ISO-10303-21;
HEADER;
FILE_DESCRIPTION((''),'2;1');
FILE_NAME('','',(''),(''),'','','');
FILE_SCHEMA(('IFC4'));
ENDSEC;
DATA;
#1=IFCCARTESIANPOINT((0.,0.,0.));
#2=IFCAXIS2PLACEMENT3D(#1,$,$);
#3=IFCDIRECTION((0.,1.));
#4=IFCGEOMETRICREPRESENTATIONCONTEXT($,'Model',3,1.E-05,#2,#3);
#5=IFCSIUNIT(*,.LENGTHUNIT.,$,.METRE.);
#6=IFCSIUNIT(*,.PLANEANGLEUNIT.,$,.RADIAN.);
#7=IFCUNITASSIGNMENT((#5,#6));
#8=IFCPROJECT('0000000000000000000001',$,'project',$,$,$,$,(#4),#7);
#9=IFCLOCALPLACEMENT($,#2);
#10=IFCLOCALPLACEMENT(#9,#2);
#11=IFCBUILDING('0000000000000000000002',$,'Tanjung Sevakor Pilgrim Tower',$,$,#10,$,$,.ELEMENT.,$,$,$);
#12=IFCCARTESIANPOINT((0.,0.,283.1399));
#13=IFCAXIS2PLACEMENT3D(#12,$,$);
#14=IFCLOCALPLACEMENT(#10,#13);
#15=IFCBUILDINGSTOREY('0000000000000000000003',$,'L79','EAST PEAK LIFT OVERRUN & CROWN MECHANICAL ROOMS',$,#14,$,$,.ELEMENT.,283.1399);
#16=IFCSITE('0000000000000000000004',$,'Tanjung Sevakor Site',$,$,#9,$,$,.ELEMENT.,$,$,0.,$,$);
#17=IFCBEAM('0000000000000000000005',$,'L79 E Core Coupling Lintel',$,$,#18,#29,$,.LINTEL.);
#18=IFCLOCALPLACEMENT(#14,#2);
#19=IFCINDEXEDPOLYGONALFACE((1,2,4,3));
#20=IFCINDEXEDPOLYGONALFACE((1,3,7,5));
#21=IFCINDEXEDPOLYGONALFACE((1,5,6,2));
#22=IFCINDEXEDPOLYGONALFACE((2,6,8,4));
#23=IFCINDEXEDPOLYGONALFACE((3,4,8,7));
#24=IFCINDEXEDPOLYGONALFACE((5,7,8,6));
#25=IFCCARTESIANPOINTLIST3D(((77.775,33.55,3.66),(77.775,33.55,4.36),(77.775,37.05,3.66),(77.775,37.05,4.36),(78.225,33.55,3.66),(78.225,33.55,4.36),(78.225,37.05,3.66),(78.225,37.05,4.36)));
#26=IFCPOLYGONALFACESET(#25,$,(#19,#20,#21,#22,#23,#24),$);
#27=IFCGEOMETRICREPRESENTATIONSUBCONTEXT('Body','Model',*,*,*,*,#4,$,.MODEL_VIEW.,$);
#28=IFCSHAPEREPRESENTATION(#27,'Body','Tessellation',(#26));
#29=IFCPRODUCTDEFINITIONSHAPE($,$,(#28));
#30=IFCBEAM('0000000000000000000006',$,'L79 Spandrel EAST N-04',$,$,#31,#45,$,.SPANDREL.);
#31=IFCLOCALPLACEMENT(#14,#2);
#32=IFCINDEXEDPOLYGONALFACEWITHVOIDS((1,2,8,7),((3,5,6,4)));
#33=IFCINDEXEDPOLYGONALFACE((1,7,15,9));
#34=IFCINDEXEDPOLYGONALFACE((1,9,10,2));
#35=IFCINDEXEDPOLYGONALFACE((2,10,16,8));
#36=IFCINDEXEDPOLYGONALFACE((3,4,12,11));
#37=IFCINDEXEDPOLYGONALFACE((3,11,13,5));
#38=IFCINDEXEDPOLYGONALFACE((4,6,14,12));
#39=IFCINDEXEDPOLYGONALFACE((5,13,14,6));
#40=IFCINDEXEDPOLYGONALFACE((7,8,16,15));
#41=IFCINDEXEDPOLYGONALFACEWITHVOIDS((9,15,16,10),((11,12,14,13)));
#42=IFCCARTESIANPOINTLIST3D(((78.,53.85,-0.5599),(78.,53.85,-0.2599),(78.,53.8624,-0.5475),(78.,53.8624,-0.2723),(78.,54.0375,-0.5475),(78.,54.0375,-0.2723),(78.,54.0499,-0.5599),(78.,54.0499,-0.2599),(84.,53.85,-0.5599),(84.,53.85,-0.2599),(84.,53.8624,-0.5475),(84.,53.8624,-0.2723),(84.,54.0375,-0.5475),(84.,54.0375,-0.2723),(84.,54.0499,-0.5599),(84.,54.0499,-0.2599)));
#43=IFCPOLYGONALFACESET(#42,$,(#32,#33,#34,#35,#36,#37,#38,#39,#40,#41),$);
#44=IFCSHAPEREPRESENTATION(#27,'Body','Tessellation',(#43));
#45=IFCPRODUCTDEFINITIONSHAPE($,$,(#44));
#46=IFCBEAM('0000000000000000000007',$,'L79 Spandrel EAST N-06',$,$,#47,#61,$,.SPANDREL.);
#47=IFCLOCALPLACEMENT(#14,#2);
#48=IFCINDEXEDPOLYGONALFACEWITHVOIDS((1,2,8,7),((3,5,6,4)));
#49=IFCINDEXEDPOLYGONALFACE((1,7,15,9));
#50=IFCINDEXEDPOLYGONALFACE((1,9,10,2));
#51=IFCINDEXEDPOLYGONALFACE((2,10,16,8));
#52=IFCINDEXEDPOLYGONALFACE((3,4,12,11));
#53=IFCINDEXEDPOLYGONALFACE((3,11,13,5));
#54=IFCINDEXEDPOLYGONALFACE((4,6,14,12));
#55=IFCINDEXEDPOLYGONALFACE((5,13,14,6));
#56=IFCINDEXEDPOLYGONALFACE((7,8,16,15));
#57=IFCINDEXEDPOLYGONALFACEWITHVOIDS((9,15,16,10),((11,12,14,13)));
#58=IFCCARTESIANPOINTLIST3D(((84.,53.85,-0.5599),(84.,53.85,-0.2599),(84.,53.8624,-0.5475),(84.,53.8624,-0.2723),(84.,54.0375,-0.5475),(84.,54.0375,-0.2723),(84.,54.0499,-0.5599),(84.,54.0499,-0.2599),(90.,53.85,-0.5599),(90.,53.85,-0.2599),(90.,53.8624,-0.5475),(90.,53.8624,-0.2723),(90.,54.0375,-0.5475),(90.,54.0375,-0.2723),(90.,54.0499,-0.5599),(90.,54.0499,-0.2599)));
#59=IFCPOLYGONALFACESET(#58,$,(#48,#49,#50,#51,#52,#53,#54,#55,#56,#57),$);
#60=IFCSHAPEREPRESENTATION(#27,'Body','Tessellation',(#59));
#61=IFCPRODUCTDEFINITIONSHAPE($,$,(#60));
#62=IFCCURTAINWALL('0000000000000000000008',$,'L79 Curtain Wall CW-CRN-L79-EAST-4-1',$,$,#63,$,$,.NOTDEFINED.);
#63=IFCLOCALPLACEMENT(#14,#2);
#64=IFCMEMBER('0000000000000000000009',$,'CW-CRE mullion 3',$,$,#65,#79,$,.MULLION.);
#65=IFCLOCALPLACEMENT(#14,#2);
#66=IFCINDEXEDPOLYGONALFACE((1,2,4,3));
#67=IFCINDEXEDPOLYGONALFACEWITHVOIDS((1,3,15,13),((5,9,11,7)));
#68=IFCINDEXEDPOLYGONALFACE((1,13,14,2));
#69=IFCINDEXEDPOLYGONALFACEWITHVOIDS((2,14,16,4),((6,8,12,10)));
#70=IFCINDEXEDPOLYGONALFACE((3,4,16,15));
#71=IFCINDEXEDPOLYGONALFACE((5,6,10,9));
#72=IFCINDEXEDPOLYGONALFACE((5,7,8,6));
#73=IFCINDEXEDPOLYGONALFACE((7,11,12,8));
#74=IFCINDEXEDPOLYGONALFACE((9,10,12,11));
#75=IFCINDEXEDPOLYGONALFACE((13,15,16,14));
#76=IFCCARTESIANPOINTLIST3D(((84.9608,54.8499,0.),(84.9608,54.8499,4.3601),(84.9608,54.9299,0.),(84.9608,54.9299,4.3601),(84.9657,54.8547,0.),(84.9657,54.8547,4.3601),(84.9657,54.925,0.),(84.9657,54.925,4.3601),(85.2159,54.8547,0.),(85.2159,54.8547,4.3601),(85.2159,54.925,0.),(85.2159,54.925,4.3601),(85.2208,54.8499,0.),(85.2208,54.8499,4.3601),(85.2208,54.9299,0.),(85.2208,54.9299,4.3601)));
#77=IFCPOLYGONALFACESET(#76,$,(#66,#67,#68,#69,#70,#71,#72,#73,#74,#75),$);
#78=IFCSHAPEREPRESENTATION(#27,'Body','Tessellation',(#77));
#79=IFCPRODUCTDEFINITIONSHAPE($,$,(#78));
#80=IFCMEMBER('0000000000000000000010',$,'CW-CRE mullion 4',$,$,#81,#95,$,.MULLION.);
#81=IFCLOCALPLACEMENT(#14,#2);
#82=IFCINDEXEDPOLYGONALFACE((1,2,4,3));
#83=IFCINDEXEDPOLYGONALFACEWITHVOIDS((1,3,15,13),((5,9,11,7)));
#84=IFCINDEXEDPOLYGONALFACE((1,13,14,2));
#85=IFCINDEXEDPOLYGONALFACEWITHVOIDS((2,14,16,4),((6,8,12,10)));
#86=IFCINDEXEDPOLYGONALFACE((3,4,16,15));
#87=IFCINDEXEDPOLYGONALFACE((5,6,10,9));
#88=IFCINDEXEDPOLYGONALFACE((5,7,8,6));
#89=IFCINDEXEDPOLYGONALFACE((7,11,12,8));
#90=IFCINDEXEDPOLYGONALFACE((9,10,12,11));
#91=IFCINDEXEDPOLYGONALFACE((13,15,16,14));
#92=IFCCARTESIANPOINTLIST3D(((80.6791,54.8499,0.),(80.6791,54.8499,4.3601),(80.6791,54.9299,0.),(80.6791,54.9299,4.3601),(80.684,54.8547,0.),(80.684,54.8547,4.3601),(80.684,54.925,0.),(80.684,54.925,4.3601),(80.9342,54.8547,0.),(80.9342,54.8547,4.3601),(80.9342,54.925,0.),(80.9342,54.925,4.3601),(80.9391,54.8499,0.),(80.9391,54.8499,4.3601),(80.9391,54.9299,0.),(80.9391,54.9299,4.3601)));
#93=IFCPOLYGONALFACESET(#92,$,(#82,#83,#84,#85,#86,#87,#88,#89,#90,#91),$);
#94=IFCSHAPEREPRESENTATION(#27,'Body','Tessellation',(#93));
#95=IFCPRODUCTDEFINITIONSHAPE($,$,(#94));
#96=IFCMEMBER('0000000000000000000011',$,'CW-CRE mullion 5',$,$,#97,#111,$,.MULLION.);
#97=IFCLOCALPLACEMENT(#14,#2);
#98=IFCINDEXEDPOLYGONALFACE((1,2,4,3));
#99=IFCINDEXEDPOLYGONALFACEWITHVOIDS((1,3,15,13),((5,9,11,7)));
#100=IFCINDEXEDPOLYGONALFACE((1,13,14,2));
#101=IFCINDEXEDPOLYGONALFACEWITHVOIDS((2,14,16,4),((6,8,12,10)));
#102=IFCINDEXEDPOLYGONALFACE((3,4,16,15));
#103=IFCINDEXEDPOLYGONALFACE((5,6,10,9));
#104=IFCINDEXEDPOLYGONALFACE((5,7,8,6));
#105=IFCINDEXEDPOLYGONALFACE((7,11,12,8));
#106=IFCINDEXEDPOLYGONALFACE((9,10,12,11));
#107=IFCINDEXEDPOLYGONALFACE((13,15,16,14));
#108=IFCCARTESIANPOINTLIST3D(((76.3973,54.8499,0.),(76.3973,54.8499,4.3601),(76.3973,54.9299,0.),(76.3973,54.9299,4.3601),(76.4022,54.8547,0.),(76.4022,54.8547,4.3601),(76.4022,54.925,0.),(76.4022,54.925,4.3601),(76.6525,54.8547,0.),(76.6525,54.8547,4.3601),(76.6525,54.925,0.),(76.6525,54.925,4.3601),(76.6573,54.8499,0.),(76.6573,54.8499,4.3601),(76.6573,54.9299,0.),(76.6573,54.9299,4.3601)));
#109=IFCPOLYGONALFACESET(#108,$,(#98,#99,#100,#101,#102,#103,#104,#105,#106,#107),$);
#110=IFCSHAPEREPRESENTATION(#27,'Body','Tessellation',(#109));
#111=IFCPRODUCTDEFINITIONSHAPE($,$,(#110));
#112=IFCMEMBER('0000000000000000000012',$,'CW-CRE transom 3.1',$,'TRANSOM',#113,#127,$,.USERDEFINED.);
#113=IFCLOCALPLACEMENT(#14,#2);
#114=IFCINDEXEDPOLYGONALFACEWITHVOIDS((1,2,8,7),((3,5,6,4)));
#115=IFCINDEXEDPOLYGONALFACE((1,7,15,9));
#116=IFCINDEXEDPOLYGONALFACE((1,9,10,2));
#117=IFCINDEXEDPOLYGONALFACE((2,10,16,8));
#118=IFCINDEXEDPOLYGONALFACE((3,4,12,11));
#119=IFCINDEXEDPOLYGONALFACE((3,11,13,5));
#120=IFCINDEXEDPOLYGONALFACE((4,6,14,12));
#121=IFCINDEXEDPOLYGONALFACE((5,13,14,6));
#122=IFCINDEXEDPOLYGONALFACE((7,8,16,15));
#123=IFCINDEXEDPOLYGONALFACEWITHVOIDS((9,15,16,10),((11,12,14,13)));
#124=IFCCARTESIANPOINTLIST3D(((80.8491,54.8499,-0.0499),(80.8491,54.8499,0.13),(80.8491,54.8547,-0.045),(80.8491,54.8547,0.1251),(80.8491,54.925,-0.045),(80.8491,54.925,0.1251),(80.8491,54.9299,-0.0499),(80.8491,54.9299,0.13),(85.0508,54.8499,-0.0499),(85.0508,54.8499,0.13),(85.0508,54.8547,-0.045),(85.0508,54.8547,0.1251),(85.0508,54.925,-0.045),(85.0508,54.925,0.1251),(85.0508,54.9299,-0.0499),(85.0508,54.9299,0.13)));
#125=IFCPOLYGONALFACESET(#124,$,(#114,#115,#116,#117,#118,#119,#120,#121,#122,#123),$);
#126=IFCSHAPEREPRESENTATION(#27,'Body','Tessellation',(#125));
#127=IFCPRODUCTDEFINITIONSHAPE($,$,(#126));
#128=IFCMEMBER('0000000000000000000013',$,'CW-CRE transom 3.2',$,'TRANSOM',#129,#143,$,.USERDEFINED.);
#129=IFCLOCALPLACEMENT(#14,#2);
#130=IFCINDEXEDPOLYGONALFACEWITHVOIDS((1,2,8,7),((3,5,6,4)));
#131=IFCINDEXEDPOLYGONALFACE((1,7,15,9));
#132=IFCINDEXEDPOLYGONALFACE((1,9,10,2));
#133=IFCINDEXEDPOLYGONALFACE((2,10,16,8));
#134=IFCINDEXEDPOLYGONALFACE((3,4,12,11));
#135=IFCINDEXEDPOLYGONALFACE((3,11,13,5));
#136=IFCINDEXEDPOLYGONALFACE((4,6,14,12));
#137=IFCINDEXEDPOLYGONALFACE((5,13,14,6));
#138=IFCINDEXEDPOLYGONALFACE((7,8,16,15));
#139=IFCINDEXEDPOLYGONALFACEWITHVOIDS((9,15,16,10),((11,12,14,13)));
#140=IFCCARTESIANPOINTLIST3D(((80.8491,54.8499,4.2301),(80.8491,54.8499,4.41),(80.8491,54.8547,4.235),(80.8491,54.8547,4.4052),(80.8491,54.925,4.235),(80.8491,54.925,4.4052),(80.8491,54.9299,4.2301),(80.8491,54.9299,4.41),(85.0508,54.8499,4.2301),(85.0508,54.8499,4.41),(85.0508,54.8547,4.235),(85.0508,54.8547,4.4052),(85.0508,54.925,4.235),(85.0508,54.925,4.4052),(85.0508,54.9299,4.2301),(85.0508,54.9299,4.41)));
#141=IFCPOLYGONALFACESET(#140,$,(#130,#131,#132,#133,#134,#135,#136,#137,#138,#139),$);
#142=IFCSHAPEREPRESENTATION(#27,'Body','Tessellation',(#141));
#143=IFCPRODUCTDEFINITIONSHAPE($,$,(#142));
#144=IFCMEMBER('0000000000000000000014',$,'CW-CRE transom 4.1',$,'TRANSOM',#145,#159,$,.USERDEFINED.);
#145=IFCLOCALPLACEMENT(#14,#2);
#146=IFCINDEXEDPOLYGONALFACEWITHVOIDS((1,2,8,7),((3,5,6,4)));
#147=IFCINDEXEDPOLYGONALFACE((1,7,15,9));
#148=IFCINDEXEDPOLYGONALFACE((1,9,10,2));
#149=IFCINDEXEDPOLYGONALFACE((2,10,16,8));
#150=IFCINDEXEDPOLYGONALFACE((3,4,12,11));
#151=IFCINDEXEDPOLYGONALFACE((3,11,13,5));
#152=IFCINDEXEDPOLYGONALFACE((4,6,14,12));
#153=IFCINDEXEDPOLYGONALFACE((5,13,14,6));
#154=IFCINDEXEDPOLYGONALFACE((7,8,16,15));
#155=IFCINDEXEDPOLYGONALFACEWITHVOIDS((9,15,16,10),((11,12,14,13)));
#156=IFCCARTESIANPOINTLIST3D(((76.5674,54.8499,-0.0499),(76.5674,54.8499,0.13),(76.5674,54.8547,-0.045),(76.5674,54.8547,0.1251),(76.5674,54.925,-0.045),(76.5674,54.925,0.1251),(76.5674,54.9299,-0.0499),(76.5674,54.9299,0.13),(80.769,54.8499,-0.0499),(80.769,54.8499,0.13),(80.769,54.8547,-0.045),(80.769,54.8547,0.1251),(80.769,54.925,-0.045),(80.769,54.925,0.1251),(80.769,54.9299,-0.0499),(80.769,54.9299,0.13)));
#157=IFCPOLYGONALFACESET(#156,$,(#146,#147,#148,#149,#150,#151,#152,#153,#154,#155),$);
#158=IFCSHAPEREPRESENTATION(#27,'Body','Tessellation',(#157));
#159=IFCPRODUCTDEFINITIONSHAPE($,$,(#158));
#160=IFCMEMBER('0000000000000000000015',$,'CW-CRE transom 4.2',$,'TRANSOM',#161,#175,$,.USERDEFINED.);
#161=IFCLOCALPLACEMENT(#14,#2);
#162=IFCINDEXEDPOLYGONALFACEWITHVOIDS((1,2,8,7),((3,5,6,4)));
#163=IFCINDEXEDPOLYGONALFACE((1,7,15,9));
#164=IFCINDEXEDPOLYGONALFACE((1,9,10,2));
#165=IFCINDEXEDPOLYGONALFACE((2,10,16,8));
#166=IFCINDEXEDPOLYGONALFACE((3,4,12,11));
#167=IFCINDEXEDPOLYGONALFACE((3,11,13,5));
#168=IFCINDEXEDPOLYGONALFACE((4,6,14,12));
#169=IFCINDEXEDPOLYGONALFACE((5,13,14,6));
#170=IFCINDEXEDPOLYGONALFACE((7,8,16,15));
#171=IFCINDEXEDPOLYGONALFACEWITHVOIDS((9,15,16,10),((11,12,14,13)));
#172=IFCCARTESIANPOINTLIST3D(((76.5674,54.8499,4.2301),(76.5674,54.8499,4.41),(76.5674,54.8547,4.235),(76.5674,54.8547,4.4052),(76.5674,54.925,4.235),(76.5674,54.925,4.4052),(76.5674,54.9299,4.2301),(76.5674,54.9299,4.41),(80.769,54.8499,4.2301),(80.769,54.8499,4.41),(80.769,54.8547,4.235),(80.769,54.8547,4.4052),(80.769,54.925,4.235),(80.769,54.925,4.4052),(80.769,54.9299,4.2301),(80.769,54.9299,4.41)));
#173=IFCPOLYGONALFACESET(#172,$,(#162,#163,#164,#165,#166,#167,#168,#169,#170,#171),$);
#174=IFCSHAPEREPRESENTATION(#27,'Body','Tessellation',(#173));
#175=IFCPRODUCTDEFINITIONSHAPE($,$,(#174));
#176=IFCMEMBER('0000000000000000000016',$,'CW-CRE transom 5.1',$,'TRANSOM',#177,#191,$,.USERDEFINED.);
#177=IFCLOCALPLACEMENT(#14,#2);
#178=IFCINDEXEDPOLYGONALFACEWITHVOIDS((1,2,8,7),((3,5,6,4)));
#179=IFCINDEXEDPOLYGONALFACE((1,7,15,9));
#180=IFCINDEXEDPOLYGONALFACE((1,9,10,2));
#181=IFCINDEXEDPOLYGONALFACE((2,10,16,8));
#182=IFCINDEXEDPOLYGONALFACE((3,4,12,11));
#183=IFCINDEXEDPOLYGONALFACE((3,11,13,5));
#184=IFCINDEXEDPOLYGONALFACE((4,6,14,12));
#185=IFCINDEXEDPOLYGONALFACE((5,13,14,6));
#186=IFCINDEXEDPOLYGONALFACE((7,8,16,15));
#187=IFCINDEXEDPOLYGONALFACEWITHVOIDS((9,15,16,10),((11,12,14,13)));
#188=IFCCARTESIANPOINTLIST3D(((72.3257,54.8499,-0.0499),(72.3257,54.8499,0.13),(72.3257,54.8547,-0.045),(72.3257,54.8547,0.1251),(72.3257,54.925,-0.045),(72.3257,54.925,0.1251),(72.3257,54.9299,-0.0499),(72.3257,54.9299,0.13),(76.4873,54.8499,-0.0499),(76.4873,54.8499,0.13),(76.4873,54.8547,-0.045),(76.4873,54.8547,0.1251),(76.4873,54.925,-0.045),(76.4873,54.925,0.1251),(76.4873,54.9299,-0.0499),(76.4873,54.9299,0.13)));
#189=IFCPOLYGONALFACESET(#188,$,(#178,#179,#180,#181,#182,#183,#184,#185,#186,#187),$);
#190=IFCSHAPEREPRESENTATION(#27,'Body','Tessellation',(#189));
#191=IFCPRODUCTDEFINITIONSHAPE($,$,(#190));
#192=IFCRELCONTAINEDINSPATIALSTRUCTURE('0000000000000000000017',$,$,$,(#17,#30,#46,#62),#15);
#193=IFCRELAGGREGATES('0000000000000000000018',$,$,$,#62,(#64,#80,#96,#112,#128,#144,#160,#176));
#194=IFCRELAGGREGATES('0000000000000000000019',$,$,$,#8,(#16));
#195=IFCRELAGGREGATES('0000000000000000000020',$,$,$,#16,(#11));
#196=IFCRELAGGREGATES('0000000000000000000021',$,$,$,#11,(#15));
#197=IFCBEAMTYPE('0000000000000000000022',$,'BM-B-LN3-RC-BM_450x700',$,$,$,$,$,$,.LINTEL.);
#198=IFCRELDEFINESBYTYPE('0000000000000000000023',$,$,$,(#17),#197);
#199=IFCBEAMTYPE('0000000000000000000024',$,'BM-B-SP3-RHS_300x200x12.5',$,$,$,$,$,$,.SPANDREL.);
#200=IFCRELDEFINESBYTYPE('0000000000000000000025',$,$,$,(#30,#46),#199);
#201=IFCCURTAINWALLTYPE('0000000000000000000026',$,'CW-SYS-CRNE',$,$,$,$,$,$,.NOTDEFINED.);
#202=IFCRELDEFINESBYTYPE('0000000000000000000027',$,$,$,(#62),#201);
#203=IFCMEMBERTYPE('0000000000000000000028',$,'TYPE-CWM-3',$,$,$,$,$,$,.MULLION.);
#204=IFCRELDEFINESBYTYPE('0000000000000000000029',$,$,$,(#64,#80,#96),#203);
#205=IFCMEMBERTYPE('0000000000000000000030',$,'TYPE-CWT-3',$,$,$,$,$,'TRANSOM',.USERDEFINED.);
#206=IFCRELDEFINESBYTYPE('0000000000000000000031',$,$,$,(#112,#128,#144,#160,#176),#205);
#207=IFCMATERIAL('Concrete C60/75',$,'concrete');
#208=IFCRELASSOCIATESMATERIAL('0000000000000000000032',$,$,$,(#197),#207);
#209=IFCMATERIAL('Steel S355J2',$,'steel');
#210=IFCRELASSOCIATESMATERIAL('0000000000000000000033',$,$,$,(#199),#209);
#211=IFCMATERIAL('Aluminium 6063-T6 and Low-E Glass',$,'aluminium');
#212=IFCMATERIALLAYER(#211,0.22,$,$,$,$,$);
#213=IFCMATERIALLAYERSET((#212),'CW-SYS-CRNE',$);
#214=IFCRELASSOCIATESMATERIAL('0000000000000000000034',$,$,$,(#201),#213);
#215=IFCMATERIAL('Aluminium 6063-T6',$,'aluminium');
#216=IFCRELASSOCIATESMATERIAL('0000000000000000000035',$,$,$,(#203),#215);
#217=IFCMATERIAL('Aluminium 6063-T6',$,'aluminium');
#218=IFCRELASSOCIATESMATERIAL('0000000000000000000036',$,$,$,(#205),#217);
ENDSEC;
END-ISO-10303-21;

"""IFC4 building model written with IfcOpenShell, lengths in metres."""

from ifc_helpers import new_model, si_unit, direction, frame, origin, origin_2d, place, context, subcontext, project, spatial, rectangle, hollow_rectangle, extrude, material, layer, layer_set, material_profile, profile_set, type_object, element, aggregate, save


model = new_model("IFC4")

# Units and contexts
model_context = context("Model", 3, precision=1e-05, world=origin(), true_north=direction((0.0, 1.0)))
body_context = subcontext(model_context, "Body", "Model", "MODEL_VIEW")
ifc_project = project(units=[si_unit("LENGTHUNIT", "METRE"), si_unit("PLANEANGLEUNIT", "RADIAN")], contexts=[model_context])

# Site, building, storey
site_placement = place(None, origin())
site = spatial("IfcSite", under=ifc_project, at=site_placement, Name="Tanjung Sevakor Site", CompositionType="ELEMENT", RefElevation=0.0)
building_placement = place(site_placement, origin())
building = spatial("IfcBuilding", under=site, at=building_placement, Name="Tanjung Sevakor Pilgrim Tower", CompositionType="ELEMENT")
storey_placement = place(building_placement, frame((0.0, 0.0, 283.1399)))
storey = spatial("IfcBuildingStorey", under=building, at=storey_placement, Name="L79", Description="EAST PEAK LIFT OVERRUN & CROWN MECHANICAL ROOMS", CompositionType="ELEMENT", Elevation=283.1399)

# Beams
ifc_material_1 = material(Name="Concrete C60/75", Category="concrete")
ifc_material_profile_1 = material_profile(ifc_material_1, rectangle(XDim=0.45, YDim=0.7, at=origin_2d()))
ifc_profile_set_1 = profile_set([ifc_material_profile_1], Name="Concrete C60/75")
beam_type_1 = type_object("IfcBeamType", Name="BM-B-LN3-RC-BM_450x700", PredefinedType="LINTEL", material=ifc_profile_set_1)
beam_placement = place(storey_placement, frame((78.0, 33.55, 4.01), z_axis=(0.0, 1.0, 0.0), x_axis=(-1.0, 0.0, 0.0)))
element("IfcBeam", 1, at=beam_placement, inside=storey, type_object=beam_type_1, Name="L79 E Core Coupling Lintel", PredefinedType="LINTEL", context=body_context, shape_type="SweptSolid", body=[
    extrude(rectangle(XDim=0.45, YDim=0.7, at=origin_2d()), origin(), (0.0, 0.0, 1.0), 3.5),
])
ifc_material_2 = material(Name="Steel S355J2", Category="steel")
ifc_material_profile_2 = material_profile(ifc_material_2, hollow_rectangle(XDim=0.2, YDim=0.3, WallThickness=0.0125, at=origin_2d()))
ifc_profile_set_2 = profile_set([ifc_material_profile_2], Name="Steel S355J2")
beam_type_2 = type_object("IfcBeamType", Name="BM-B-SP3-RHS_300x200x12.5", PredefinedType="SPANDREL", material=ifc_profile_set_2)
for number, where, z_axis, x_axis, name in (
    (2, (78.0, 53.95, -0.4099), (1.0, 0.0, 0.0), (0.0, 1.0, 0.0), "L79 Spandrel EAST N-04"),
    (3, (84.0, 53.95, -0.4099), (1.0, 0.0, 0.0), (0.0, 1.0, 0.0), "L79 Spandrel EAST N-06"),
):
    element("IfcBeam", number, at=place(storey_placement, frame(where, z_axis=z_axis, x_axis=x_axis)), inside=storey, type_object=beam_type_2, Name=name, PredefinedType="SPANDREL", context=body_context, shape_type="SweptSolid", body=[
        extrude(hollow_rectangle(XDim=0.2, YDim=0.3, WallThickness=0.0125, at=origin_2d()), origin(), (0.0, 0.0, 1.0), 6.0),
    ])

# Curtain wall, members
ifc_material_3 = material(Name="Aluminium 6063-T6 and Low-E Glass", Category="aluminium")
ifc_layer_1 = layer(ifc_material_3, 0.22)
ifc_layer_set_1 = layer_set([ifc_layer_1], Name="CW-SYS-CRNE")
curtain_wall_type = type_object("IfcCurtainWallType", Name="CW-SYS-CRNE", PredefinedType="NOTDEFINED", material=ifc_layer_set_1)
curtain_wall_placement = place(storey_placement, origin())
curtain_wall = element("IfcCurtainWall", 4, at=curtain_wall_placement, inside=storey, type_object=curtain_wall_type, Name="L79 Curtain Wall CW-CRN-L79-EAST-4-1", PredefinedType="NOTDEFINED")
ifc_material_4 = material(Name="Aluminium 6063-T6", Category="aluminium")
ifc_material_profile_3 = material_profile(ifc_material_4, hollow_rectangle(XDim=0.0801, YDim=0.26, WallThickness=0.0049, at=origin_2d()))
ifc_profile_set_3 = profile_set([ifc_material_profile_3], Name="Aluminium 6063-T6")
member_type_1 = type_object("IfcMemberType", Name="TYPE-CWM-3", PredefinedType="MULLION", material=ifc_profile_set_3)
member_1_placement = place(storey_placement, frame((85.0908, 54.8899, 0.0), z_axis=(0.0, 0.0, 1.0), x_axis=(0.0, -1.0, 0.0)))
member_1 = element("IfcMember", 5, at=member_1_placement, type_object=member_type_1, Name="CW-CRE mullion 3", PredefinedType="MULLION", context=body_context, shape_type="SweptSolid", body=[
    extrude(hollow_rectangle(XDim=0.0801, YDim=0.26, WallThickness=0.0049, at=origin_2d()), origin(), (0.0, 0.0, 1.0), 4.3601),
])
member_2_placement = place(storey_placement, frame((80.8091, 54.8899, 0.0), z_axis=(0.0, 0.0, 1.0), x_axis=(0.0, -1.0, 0.0)))
member_2 = element("IfcMember", 6, at=member_2_placement, type_object=member_type_1, Name="CW-CRE mullion 4", PredefinedType="MULLION", context=body_context, shape_type="SweptSolid", body=[
    extrude(hollow_rectangle(XDim=0.0801, YDim=0.26, WallThickness=0.0049, at=origin_2d()), origin(), (0.0, 0.0, 1.0), 4.3601),
])
member_3_placement = place(storey_placement, frame((76.5273, 54.8899, 0.0), z_axis=(0.0, 0.0, 1.0), x_axis=(0.0, -1.0, 0.0)))
member_3 = element("IfcMember", 7, at=member_3_placement, type_object=member_type_1, Name="CW-CRE mullion 5", PredefinedType="MULLION", context=body_context, shape_type="SweptSolid", body=[
    extrude(hollow_rectangle(XDim=0.0801, YDim=0.26, WallThickness=0.0049, at=origin_2d()), origin(), (0.0, 0.0, 1.0), 4.3601),
])
ifc_material_5 = material(Name="Aluminium 6063-T6", Category="aluminium")
ifc_material_profile_4 = material_profile(ifc_material_5, hollow_rectangle(XDim=0.0801, YDim=0.1799, WallThickness=0.0049, at=origin_2d()))
ifc_profile_set_4 = profile_set([ifc_material_profile_4], Name="Aluminium 6063-T6")
member_type_2 = type_object("IfcMemberType", Name="TYPE-CWT-3", ElementType="TRANSOM", PredefinedType="USERDEFINED", material=ifc_profile_set_4)
member_4_placement = place(storey_placement, frame((85.0508, 54.8899, 0.04), z_axis=(-1.0, 0.0, 0.0), x_axis=(0.0, -1.0, 0.0)))
member_4 = element("IfcMember", 8, at=member_4_placement, type_object=member_type_2, Name="CW-CRE transom 3.1", ObjectType="TRANSOM", PredefinedType="USERDEFINED", context=body_context, shape_type="SweptSolid", body=[
    extrude(hollow_rectangle(XDim=0.0801, YDim=0.1799, WallThickness=0.0049, at=origin_2d()), origin(), (0.0, 0.0, 1.0), 4.2017),
])
member_5_placement = place(storey_placement, frame((85.0508, 54.8899, 4.3201), z_axis=(-1.0, 0.0, 0.0), x_axis=(0.0, -1.0, 0.0)))
member_5 = element("IfcMember", 9, at=member_5_placement, type_object=member_type_2, Name="CW-CRE transom 3.2", ObjectType="TRANSOM", PredefinedType="USERDEFINED", context=body_context, shape_type="SweptSolid", body=[
    extrude(hollow_rectangle(XDim=0.0801, YDim=0.1799, WallThickness=0.0049, at=origin_2d()), origin(), (0.0, 0.0, 1.0), 4.2017),
])
member_6_placement = place(storey_placement, frame((80.769, 54.8899, 0.04), z_axis=(-1.0, 0.0, 0.0), x_axis=(0.0, -1.0, 0.0)))
member_6 = element("IfcMember", 10, at=member_6_placement, type_object=member_type_2, Name="CW-CRE transom 4.1", ObjectType="TRANSOM", PredefinedType="USERDEFINED", context=body_context, shape_type="SweptSolid", body=[
    extrude(hollow_rectangle(XDim=0.0801, YDim=0.1799, WallThickness=0.0049, at=origin_2d()), origin(), (0.0, 0.0, 1.0), 4.2017),
])
member_7_placement = place(storey_placement, frame((80.769, 54.8899, 4.3201), z_axis=(-1.0, 0.0, 0.0), x_axis=(0.0, -1.0, 0.0)))
member_7 = element("IfcMember", 11, at=member_7_placement, type_object=member_type_2, Name="CW-CRE transom 4.2", ObjectType="TRANSOM", PredefinedType="USERDEFINED", context=body_context, shape_type="SweptSolid", body=[
    extrude(hollow_rectangle(XDim=0.0801, YDim=0.1799, WallThickness=0.0049, at=origin_2d()), origin(), (0.0, 0.0, 1.0), 4.2017),
])
member_8_placement = place(storey_placement, frame((76.4873, 54.8899, 0.04), z_axis=(-1.0, 0.0, 0.0), x_axis=(0.0, -1.0, 0.0)))
member_8 = element("IfcMember", 12, at=member_8_placement, type_object=member_type_2, Name="CW-CRE transom 5.1", ObjectType="TRANSOM", PredefinedType="USERDEFINED", context=body_context, shape_type="SweptSolid", body=[
    extrude(hollow_rectangle(XDim=0.0801, YDim=0.1799, WallThickness=0.0049, at=origin_2d()), origin(), (0.0, 0.0, 1.0), 4.1616),
])
aggregate(curtain_wall, [member_1, member_2, member_3, member_4, member_5, member_6, member_7, member_8])

save(model, "model.ifc")
